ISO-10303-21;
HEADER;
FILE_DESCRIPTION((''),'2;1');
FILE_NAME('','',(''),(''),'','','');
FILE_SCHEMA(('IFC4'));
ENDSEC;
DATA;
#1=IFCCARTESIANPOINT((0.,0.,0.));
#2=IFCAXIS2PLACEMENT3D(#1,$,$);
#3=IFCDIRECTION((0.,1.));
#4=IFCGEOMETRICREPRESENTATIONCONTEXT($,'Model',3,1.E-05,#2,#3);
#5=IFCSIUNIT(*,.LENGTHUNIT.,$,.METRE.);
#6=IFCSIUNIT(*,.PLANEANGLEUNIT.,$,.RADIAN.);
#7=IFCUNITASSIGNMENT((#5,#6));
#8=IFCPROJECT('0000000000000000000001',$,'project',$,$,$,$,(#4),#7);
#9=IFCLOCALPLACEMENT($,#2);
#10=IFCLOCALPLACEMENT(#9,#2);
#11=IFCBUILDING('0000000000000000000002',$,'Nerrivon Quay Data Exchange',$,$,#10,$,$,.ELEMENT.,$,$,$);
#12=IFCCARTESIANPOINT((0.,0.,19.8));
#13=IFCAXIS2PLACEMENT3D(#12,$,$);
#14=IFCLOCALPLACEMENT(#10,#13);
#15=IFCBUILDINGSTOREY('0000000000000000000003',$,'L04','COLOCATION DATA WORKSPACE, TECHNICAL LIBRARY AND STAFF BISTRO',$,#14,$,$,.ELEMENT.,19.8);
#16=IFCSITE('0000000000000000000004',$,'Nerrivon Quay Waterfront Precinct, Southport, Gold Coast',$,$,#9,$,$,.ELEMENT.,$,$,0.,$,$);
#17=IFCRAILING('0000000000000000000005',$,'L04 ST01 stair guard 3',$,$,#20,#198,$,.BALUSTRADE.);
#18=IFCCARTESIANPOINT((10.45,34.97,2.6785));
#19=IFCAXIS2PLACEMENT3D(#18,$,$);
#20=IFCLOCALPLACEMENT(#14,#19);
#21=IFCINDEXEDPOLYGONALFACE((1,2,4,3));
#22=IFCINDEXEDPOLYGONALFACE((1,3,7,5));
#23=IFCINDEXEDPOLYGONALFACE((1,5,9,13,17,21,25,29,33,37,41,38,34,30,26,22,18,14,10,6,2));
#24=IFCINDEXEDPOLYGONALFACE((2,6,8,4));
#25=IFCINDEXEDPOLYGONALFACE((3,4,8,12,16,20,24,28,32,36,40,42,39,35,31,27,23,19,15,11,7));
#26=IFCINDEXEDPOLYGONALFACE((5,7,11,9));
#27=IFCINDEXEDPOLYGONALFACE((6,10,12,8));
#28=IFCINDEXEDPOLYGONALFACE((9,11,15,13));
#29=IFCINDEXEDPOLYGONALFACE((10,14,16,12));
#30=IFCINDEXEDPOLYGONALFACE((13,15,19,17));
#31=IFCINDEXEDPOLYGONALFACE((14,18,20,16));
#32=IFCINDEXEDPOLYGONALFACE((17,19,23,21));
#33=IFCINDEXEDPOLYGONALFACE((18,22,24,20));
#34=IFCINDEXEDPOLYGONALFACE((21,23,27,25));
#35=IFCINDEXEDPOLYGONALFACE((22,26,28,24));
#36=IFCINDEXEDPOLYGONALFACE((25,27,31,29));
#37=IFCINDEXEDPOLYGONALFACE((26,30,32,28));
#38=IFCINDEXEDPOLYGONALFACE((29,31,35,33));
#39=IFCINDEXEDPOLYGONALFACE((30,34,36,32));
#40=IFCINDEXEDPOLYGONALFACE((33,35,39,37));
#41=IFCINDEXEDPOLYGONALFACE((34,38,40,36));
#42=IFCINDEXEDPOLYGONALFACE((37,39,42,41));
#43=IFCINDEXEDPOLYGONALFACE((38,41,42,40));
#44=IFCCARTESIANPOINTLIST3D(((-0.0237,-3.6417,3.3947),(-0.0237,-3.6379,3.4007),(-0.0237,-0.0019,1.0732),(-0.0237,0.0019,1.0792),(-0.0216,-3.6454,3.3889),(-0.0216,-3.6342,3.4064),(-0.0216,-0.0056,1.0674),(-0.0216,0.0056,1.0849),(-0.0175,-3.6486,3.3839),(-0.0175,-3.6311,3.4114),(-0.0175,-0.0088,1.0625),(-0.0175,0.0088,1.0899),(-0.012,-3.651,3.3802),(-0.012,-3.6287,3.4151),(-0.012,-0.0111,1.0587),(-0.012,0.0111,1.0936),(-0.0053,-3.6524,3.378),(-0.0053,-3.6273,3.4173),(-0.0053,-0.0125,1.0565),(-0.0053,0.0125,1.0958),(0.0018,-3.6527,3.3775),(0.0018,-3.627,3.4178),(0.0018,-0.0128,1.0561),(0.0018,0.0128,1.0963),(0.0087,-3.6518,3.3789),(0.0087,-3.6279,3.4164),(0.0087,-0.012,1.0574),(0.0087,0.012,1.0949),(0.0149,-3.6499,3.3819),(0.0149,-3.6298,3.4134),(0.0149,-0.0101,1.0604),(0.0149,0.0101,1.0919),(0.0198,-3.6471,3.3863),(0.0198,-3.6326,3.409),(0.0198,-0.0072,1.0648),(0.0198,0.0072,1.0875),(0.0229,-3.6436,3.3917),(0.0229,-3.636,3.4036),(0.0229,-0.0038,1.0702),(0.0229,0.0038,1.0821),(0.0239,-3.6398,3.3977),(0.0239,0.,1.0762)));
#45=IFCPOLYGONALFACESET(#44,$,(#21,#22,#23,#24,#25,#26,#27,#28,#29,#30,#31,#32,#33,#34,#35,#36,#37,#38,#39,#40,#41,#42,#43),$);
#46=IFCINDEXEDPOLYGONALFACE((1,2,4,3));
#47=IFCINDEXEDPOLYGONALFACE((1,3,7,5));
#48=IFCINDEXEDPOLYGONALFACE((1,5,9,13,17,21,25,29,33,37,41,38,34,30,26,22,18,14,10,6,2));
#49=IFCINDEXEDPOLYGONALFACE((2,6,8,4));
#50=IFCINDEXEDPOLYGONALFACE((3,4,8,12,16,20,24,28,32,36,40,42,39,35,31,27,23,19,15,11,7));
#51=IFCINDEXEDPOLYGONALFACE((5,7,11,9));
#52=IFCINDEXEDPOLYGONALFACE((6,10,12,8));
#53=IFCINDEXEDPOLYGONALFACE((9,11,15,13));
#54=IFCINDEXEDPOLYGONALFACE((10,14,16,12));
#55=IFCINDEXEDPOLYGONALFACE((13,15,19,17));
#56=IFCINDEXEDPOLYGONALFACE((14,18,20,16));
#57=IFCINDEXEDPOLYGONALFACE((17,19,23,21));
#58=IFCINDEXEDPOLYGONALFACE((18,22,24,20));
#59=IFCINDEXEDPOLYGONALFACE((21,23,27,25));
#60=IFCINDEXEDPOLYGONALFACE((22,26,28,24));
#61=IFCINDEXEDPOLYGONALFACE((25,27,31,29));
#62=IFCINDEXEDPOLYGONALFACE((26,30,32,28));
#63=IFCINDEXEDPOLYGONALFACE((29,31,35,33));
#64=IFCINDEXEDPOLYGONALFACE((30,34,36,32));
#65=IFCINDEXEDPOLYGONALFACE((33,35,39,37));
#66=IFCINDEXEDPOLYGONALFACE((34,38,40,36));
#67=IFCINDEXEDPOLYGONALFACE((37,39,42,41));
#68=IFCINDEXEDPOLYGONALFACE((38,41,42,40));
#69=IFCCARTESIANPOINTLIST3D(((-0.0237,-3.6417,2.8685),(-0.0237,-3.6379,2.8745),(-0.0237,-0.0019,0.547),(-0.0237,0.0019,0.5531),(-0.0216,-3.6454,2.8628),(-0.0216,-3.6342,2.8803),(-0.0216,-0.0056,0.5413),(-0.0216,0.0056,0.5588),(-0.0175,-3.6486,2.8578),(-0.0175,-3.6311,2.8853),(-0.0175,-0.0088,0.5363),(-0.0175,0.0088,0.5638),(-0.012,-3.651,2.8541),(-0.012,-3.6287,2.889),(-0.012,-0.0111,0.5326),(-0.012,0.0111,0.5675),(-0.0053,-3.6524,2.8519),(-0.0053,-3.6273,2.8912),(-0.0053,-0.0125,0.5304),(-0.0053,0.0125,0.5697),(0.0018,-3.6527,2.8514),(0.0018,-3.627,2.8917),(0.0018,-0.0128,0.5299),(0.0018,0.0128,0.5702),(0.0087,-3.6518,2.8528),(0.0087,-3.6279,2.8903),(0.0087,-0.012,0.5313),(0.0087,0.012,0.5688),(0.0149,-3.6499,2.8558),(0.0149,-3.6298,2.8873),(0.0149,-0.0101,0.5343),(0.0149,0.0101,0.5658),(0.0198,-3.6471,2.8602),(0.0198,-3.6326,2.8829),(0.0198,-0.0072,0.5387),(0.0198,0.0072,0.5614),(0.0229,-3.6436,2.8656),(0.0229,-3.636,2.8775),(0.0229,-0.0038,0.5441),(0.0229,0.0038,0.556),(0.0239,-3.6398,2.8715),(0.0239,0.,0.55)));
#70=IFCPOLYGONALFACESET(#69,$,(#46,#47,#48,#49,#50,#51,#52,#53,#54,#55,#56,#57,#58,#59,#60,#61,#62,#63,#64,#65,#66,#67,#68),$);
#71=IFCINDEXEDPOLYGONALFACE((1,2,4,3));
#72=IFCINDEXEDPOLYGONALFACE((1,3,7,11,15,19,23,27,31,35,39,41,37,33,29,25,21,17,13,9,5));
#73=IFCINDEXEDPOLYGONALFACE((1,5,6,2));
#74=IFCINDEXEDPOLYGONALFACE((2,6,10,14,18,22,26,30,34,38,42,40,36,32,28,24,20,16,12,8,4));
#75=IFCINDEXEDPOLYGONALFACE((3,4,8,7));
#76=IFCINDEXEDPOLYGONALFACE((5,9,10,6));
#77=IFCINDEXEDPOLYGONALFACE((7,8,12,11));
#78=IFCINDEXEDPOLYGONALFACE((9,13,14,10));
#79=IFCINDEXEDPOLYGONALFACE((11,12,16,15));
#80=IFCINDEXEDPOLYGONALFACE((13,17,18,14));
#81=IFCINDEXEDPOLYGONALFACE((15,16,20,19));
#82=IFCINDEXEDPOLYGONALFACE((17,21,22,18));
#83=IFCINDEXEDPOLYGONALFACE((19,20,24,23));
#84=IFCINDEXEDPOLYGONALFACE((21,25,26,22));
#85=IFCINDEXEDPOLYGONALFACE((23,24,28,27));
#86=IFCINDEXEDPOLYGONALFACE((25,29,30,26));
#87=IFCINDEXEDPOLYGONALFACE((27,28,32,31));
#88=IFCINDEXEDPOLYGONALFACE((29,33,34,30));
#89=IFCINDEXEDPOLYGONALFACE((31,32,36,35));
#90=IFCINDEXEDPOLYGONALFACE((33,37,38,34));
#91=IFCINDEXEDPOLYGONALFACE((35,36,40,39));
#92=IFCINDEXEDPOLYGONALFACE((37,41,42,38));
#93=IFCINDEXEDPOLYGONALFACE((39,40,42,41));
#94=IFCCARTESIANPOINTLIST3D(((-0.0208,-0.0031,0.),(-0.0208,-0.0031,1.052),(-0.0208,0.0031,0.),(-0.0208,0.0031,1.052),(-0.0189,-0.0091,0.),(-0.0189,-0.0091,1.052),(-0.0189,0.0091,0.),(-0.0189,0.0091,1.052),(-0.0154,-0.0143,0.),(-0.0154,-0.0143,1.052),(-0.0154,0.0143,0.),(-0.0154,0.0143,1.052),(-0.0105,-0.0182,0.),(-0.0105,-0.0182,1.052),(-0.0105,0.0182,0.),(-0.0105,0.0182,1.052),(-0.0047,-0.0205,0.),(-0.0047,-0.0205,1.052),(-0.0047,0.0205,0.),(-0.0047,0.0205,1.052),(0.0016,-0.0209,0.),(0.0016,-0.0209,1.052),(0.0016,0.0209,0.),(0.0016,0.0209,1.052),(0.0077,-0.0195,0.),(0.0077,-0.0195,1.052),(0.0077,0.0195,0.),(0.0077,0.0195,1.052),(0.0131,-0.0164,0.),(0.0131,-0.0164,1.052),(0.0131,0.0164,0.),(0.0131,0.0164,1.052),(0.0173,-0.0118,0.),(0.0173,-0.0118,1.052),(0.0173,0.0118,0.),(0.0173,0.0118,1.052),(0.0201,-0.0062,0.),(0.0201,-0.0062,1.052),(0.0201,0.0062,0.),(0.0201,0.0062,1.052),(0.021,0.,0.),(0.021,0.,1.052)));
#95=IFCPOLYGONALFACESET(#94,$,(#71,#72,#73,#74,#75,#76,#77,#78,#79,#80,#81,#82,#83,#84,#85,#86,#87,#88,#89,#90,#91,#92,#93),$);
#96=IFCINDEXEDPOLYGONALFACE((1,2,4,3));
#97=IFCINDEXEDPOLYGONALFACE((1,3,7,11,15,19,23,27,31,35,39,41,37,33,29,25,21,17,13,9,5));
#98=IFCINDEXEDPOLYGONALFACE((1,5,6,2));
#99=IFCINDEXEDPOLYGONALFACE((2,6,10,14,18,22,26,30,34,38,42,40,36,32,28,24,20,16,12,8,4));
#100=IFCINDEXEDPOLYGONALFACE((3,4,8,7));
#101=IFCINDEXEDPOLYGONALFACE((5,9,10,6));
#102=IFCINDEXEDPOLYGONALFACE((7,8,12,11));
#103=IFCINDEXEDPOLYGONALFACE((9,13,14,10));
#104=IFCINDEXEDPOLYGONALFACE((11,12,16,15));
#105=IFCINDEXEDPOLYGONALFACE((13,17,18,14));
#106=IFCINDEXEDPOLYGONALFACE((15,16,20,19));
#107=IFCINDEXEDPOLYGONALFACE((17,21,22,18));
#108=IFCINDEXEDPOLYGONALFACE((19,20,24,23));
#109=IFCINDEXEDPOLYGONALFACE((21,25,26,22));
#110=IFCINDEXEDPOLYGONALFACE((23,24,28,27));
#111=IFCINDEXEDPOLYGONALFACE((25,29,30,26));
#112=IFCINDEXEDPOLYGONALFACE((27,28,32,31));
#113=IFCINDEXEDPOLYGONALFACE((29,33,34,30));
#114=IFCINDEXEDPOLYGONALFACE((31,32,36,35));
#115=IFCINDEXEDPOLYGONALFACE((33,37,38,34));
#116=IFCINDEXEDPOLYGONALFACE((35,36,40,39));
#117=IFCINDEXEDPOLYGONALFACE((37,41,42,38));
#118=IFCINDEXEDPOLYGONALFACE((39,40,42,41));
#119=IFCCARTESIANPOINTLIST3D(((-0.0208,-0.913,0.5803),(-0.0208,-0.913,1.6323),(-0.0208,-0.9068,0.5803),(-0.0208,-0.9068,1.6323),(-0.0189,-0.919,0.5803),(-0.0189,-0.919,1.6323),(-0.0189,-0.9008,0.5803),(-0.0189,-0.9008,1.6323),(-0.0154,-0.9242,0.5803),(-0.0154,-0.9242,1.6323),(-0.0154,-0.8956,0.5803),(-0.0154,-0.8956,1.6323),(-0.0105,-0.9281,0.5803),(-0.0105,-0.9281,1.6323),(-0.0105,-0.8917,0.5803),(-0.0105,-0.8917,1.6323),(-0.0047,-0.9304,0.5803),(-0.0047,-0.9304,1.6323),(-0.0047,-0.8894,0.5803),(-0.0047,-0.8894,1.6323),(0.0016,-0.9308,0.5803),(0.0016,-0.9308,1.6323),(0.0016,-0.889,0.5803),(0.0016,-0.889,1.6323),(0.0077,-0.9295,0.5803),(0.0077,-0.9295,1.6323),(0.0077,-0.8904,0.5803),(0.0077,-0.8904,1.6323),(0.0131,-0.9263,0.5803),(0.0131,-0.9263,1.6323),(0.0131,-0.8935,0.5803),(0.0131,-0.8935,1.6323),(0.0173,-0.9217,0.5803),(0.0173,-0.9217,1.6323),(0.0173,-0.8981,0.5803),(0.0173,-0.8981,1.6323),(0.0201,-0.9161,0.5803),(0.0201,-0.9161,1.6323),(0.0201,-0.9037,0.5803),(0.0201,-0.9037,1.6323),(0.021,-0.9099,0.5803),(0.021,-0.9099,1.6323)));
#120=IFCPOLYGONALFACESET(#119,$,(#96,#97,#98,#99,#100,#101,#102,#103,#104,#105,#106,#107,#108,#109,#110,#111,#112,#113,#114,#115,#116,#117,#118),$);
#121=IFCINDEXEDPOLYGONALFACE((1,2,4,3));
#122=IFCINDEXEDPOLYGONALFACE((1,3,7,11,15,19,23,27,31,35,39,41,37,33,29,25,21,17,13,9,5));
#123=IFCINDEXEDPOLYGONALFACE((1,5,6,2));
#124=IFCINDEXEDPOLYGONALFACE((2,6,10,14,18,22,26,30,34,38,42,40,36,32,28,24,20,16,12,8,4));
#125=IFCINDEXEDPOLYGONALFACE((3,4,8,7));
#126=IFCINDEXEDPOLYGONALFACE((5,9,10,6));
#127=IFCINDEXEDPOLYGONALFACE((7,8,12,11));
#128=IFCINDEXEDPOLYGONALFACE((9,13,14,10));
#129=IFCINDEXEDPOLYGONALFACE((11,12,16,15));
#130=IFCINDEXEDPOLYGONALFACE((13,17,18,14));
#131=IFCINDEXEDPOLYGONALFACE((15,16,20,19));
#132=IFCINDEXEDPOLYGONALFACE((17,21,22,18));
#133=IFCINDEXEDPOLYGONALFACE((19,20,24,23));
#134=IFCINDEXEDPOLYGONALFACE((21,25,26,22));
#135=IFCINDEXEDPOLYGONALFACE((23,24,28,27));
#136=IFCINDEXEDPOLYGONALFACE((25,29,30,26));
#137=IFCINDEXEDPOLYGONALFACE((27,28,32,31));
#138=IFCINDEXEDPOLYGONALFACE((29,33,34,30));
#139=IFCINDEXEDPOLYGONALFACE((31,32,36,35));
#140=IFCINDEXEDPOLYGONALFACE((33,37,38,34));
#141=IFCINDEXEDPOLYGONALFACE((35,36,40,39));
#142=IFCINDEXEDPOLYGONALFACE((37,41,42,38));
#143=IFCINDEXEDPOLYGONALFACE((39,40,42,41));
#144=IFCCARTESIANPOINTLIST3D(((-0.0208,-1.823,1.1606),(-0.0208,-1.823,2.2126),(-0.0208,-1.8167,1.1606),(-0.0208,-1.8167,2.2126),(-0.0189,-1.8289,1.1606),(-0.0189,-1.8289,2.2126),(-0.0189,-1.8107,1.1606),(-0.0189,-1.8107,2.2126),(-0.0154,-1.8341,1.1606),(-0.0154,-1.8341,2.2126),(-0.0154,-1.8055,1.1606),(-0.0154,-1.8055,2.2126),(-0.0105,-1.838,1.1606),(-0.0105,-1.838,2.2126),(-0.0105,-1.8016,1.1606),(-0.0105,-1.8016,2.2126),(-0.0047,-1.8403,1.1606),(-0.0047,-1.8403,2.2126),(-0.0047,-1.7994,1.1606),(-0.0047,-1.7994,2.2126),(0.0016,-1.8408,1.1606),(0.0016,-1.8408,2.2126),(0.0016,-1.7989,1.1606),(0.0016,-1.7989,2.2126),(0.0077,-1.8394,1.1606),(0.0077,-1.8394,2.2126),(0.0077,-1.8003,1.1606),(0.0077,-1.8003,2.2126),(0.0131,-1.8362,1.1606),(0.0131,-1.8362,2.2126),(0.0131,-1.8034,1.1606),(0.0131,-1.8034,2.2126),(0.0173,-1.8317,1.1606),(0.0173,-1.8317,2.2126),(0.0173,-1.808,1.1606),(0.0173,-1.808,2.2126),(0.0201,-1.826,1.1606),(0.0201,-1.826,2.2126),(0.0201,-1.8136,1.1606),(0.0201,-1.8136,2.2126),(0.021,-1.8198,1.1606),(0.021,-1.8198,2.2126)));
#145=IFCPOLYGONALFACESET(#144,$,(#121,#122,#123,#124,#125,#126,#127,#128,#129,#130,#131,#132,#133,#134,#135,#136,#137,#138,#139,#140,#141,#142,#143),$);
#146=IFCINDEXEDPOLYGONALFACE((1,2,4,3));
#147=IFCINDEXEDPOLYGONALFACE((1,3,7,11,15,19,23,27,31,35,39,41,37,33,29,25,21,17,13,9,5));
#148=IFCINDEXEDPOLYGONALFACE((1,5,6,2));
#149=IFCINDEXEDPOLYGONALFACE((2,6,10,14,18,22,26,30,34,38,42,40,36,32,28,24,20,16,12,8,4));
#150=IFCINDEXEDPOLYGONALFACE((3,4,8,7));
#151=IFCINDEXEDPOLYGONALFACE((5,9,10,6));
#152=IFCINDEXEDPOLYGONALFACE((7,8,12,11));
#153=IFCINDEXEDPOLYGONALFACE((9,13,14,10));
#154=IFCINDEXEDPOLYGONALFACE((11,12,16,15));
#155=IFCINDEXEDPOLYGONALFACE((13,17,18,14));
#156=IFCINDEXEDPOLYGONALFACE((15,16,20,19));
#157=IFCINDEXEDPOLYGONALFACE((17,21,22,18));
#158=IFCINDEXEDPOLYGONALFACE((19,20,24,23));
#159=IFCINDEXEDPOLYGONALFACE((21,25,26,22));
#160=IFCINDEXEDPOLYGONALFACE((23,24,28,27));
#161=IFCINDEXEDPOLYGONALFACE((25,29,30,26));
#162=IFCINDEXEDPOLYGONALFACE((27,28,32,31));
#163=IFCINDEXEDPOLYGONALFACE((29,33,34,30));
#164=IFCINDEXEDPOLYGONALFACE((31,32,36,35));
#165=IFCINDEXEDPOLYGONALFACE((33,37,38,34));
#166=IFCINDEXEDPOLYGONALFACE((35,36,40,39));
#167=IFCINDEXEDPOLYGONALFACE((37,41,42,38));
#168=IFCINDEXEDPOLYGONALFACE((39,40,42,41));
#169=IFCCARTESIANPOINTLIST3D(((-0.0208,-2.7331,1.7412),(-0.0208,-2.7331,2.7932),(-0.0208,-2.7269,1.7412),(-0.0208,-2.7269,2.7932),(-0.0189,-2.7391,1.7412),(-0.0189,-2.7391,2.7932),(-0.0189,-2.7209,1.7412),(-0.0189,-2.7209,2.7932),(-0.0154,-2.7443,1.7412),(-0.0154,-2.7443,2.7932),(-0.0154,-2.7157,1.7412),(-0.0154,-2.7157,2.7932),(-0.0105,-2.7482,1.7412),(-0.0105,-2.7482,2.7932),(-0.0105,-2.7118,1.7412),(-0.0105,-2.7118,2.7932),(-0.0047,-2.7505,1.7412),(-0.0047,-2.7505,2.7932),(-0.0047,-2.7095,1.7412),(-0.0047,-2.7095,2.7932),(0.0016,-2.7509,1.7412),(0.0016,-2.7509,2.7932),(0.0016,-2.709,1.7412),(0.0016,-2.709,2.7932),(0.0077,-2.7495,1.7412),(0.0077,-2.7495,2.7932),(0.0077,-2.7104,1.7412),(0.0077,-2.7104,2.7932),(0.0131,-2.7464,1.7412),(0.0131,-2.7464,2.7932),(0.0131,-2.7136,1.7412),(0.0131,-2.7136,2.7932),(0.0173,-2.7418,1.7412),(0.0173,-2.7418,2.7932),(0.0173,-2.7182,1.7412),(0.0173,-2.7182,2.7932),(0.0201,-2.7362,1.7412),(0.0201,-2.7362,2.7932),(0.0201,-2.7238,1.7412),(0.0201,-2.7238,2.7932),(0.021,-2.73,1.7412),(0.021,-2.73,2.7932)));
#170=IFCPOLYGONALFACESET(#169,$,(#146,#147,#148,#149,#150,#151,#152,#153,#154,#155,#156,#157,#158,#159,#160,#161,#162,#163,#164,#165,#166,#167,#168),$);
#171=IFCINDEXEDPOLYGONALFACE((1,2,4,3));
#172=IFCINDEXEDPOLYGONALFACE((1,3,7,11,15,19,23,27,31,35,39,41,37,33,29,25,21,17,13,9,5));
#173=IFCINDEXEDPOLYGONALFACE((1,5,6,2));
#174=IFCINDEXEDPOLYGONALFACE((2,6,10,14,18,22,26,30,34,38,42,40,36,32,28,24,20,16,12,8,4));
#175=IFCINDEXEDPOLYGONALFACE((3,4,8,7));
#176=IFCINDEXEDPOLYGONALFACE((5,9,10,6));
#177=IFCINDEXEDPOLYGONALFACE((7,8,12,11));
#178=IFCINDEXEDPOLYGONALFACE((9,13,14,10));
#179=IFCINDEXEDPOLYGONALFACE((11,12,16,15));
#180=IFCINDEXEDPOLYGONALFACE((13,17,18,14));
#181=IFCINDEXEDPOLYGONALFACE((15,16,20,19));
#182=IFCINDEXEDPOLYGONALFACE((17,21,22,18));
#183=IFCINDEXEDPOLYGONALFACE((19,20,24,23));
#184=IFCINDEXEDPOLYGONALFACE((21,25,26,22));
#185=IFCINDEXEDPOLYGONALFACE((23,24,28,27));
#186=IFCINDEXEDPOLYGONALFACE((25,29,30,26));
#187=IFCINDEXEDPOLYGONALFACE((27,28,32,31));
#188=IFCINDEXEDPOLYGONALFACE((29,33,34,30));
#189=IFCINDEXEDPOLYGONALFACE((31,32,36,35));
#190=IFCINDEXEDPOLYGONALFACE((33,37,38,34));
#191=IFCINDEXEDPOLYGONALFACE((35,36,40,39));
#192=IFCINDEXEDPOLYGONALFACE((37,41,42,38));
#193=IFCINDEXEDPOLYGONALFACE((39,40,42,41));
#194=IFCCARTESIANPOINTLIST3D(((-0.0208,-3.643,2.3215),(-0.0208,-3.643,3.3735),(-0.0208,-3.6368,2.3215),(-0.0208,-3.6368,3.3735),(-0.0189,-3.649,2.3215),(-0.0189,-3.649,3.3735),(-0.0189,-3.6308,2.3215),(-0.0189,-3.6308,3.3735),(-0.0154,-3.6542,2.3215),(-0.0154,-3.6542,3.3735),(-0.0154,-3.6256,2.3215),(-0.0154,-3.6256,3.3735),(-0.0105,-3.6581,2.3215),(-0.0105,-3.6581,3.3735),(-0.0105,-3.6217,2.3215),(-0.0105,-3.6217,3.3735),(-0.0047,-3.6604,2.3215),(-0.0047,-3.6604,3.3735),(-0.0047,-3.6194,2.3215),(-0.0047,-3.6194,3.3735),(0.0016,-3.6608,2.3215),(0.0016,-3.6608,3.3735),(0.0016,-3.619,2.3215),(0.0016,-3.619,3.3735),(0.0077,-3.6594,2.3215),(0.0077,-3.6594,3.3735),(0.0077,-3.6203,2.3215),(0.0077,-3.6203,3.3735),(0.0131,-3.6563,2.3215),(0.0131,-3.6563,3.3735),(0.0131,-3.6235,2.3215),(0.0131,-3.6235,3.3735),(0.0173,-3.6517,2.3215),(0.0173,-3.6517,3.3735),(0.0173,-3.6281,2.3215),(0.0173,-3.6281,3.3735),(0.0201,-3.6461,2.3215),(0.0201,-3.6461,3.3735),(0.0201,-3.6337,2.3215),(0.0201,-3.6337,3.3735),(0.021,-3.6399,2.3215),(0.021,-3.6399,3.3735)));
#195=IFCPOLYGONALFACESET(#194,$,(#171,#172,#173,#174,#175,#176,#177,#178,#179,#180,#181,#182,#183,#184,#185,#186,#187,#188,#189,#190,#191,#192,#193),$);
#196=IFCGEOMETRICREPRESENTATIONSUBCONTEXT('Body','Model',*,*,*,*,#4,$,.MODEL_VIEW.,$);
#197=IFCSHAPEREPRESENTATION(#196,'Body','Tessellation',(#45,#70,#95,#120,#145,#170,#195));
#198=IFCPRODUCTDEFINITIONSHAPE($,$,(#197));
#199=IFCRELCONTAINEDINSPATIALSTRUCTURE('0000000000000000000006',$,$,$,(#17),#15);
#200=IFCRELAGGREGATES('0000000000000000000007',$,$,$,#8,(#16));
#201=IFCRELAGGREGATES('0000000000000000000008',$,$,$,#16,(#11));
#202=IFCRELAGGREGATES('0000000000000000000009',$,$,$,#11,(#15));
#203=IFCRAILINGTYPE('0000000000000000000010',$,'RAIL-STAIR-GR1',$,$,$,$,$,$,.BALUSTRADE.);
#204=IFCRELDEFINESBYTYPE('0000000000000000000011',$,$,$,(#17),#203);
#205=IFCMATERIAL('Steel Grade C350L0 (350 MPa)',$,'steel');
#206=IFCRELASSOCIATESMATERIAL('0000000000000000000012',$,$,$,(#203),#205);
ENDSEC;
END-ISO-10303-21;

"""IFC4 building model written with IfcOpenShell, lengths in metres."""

from ifc_helpers import new_model, si_unit, direction, frame, origin, origin_2d, place, context, subcontext, project, spatial, circle, extrude, material, type_object, element, save


model = new_model("IFC4")

# Units and contexts
model_context = context("Model", 3, precision=1e-05, world=origin(), true_north=direction((0.0, 1.0)))
body_context = subcontext(model_context, "Body", "Model", "MODEL_VIEW")
ifc_project = project(units=[si_unit("LENGTHUNIT", "METRE"), si_unit("PLANEANGLEUNIT", "RADIAN")], contexts=[model_context])

# Site, building, storey
site_placement = place(None, origin())
site = spatial("IfcSite", under=ifc_project, at=site_placement, Name="Nerrivon Quay Waterfront Precinct, Southport, Gold Coast", CompositionType="ELEMENT", RefElevation=0.0)
building_placement = place(site_placement, origin())
building = spatial("IfcBuilding", under=site, at=building_placement, Name="Nerrivon Quay Data Exchange", CompositionType="ELEMENT")
storey_placement = place(building_placement, frame((0.0, 0.0, 19.8)))
storey = spatial("IfcBuildingStorey", under=building, at=storey_placement, Name="L04", Description="COLOCATION DATA WORKSPACE, TECHNICAL LIBRARY AND STAFF BISTRO", CompositionType="ELEMENT", Elevation=19.8)

# Railing
ifc_material_1 = material(Name="Steel Grade C350L0 (350 MPa)", Category="steel")
railing_type_1 = type_object("IfcRailingType", Name="RAIL-STAIR-GR1", PredefinedType="BALUSTRADE", material=ifc_material_1)
railing_1_placement = place(storey_placement, frame((10.45, 34.97, 2.6785)))
element("IfcRailing", 1, at=railing_1_placement, inside=storey, type_object=railing_type_1, Name="L04 ST01 stair guard 3", PredefinedType="BALUSTRADE", context=body_context, shape_type="SweptSolid", body=[
    extrude(circle(Radius=0.0239, at=origin_2d()), frame((0.0, 0.0, 1.0762), z_axis=(0.0, -0.843112, 0.537739), x_axis=(1.0, 0.0, 0.0)), (0.0, 0.0, 1.0), 4.3171),
    extrude(circle(Radius=0.0239, at=origin_2d()), frame((0.0, 0.0, 0.55), z_axis=(0.0, -0.843112, 0.537739), x_axis=(1.0, 0.0, 0.0)), (0.0, 0.0, 1.0), 4.3171),
    extrude(circle(Radius=0.021, at=origin_2d()), origin(), (0.0, 0.0, 1.0), 1.052),
    extrude(circle(Radius=0.021, at=origin_2d()), frame((0.0, -0.9099, 0.5803)), (0.0, 0.0, 1.0), 1.052),
    extrude(circle(Radius=0.021, at=origin_2d()), frame((0.0, -1.8198, 1.1606)), (0.0, 0.0, 1.0), 1.052),
    extrude(circle(Radius=0.021, at=origin_2d()), frame((0.0, -2.73, 1.7412)), (0.0, 0.0, 1.0), 1.052),
    extrude(circle(Radius=0.021, at=origin_2d()), frame((0.0, -3.6399, 2.3215)), (0.0, 0.0, 1.0), 1.052),
])

save(model, "model.ifc")
